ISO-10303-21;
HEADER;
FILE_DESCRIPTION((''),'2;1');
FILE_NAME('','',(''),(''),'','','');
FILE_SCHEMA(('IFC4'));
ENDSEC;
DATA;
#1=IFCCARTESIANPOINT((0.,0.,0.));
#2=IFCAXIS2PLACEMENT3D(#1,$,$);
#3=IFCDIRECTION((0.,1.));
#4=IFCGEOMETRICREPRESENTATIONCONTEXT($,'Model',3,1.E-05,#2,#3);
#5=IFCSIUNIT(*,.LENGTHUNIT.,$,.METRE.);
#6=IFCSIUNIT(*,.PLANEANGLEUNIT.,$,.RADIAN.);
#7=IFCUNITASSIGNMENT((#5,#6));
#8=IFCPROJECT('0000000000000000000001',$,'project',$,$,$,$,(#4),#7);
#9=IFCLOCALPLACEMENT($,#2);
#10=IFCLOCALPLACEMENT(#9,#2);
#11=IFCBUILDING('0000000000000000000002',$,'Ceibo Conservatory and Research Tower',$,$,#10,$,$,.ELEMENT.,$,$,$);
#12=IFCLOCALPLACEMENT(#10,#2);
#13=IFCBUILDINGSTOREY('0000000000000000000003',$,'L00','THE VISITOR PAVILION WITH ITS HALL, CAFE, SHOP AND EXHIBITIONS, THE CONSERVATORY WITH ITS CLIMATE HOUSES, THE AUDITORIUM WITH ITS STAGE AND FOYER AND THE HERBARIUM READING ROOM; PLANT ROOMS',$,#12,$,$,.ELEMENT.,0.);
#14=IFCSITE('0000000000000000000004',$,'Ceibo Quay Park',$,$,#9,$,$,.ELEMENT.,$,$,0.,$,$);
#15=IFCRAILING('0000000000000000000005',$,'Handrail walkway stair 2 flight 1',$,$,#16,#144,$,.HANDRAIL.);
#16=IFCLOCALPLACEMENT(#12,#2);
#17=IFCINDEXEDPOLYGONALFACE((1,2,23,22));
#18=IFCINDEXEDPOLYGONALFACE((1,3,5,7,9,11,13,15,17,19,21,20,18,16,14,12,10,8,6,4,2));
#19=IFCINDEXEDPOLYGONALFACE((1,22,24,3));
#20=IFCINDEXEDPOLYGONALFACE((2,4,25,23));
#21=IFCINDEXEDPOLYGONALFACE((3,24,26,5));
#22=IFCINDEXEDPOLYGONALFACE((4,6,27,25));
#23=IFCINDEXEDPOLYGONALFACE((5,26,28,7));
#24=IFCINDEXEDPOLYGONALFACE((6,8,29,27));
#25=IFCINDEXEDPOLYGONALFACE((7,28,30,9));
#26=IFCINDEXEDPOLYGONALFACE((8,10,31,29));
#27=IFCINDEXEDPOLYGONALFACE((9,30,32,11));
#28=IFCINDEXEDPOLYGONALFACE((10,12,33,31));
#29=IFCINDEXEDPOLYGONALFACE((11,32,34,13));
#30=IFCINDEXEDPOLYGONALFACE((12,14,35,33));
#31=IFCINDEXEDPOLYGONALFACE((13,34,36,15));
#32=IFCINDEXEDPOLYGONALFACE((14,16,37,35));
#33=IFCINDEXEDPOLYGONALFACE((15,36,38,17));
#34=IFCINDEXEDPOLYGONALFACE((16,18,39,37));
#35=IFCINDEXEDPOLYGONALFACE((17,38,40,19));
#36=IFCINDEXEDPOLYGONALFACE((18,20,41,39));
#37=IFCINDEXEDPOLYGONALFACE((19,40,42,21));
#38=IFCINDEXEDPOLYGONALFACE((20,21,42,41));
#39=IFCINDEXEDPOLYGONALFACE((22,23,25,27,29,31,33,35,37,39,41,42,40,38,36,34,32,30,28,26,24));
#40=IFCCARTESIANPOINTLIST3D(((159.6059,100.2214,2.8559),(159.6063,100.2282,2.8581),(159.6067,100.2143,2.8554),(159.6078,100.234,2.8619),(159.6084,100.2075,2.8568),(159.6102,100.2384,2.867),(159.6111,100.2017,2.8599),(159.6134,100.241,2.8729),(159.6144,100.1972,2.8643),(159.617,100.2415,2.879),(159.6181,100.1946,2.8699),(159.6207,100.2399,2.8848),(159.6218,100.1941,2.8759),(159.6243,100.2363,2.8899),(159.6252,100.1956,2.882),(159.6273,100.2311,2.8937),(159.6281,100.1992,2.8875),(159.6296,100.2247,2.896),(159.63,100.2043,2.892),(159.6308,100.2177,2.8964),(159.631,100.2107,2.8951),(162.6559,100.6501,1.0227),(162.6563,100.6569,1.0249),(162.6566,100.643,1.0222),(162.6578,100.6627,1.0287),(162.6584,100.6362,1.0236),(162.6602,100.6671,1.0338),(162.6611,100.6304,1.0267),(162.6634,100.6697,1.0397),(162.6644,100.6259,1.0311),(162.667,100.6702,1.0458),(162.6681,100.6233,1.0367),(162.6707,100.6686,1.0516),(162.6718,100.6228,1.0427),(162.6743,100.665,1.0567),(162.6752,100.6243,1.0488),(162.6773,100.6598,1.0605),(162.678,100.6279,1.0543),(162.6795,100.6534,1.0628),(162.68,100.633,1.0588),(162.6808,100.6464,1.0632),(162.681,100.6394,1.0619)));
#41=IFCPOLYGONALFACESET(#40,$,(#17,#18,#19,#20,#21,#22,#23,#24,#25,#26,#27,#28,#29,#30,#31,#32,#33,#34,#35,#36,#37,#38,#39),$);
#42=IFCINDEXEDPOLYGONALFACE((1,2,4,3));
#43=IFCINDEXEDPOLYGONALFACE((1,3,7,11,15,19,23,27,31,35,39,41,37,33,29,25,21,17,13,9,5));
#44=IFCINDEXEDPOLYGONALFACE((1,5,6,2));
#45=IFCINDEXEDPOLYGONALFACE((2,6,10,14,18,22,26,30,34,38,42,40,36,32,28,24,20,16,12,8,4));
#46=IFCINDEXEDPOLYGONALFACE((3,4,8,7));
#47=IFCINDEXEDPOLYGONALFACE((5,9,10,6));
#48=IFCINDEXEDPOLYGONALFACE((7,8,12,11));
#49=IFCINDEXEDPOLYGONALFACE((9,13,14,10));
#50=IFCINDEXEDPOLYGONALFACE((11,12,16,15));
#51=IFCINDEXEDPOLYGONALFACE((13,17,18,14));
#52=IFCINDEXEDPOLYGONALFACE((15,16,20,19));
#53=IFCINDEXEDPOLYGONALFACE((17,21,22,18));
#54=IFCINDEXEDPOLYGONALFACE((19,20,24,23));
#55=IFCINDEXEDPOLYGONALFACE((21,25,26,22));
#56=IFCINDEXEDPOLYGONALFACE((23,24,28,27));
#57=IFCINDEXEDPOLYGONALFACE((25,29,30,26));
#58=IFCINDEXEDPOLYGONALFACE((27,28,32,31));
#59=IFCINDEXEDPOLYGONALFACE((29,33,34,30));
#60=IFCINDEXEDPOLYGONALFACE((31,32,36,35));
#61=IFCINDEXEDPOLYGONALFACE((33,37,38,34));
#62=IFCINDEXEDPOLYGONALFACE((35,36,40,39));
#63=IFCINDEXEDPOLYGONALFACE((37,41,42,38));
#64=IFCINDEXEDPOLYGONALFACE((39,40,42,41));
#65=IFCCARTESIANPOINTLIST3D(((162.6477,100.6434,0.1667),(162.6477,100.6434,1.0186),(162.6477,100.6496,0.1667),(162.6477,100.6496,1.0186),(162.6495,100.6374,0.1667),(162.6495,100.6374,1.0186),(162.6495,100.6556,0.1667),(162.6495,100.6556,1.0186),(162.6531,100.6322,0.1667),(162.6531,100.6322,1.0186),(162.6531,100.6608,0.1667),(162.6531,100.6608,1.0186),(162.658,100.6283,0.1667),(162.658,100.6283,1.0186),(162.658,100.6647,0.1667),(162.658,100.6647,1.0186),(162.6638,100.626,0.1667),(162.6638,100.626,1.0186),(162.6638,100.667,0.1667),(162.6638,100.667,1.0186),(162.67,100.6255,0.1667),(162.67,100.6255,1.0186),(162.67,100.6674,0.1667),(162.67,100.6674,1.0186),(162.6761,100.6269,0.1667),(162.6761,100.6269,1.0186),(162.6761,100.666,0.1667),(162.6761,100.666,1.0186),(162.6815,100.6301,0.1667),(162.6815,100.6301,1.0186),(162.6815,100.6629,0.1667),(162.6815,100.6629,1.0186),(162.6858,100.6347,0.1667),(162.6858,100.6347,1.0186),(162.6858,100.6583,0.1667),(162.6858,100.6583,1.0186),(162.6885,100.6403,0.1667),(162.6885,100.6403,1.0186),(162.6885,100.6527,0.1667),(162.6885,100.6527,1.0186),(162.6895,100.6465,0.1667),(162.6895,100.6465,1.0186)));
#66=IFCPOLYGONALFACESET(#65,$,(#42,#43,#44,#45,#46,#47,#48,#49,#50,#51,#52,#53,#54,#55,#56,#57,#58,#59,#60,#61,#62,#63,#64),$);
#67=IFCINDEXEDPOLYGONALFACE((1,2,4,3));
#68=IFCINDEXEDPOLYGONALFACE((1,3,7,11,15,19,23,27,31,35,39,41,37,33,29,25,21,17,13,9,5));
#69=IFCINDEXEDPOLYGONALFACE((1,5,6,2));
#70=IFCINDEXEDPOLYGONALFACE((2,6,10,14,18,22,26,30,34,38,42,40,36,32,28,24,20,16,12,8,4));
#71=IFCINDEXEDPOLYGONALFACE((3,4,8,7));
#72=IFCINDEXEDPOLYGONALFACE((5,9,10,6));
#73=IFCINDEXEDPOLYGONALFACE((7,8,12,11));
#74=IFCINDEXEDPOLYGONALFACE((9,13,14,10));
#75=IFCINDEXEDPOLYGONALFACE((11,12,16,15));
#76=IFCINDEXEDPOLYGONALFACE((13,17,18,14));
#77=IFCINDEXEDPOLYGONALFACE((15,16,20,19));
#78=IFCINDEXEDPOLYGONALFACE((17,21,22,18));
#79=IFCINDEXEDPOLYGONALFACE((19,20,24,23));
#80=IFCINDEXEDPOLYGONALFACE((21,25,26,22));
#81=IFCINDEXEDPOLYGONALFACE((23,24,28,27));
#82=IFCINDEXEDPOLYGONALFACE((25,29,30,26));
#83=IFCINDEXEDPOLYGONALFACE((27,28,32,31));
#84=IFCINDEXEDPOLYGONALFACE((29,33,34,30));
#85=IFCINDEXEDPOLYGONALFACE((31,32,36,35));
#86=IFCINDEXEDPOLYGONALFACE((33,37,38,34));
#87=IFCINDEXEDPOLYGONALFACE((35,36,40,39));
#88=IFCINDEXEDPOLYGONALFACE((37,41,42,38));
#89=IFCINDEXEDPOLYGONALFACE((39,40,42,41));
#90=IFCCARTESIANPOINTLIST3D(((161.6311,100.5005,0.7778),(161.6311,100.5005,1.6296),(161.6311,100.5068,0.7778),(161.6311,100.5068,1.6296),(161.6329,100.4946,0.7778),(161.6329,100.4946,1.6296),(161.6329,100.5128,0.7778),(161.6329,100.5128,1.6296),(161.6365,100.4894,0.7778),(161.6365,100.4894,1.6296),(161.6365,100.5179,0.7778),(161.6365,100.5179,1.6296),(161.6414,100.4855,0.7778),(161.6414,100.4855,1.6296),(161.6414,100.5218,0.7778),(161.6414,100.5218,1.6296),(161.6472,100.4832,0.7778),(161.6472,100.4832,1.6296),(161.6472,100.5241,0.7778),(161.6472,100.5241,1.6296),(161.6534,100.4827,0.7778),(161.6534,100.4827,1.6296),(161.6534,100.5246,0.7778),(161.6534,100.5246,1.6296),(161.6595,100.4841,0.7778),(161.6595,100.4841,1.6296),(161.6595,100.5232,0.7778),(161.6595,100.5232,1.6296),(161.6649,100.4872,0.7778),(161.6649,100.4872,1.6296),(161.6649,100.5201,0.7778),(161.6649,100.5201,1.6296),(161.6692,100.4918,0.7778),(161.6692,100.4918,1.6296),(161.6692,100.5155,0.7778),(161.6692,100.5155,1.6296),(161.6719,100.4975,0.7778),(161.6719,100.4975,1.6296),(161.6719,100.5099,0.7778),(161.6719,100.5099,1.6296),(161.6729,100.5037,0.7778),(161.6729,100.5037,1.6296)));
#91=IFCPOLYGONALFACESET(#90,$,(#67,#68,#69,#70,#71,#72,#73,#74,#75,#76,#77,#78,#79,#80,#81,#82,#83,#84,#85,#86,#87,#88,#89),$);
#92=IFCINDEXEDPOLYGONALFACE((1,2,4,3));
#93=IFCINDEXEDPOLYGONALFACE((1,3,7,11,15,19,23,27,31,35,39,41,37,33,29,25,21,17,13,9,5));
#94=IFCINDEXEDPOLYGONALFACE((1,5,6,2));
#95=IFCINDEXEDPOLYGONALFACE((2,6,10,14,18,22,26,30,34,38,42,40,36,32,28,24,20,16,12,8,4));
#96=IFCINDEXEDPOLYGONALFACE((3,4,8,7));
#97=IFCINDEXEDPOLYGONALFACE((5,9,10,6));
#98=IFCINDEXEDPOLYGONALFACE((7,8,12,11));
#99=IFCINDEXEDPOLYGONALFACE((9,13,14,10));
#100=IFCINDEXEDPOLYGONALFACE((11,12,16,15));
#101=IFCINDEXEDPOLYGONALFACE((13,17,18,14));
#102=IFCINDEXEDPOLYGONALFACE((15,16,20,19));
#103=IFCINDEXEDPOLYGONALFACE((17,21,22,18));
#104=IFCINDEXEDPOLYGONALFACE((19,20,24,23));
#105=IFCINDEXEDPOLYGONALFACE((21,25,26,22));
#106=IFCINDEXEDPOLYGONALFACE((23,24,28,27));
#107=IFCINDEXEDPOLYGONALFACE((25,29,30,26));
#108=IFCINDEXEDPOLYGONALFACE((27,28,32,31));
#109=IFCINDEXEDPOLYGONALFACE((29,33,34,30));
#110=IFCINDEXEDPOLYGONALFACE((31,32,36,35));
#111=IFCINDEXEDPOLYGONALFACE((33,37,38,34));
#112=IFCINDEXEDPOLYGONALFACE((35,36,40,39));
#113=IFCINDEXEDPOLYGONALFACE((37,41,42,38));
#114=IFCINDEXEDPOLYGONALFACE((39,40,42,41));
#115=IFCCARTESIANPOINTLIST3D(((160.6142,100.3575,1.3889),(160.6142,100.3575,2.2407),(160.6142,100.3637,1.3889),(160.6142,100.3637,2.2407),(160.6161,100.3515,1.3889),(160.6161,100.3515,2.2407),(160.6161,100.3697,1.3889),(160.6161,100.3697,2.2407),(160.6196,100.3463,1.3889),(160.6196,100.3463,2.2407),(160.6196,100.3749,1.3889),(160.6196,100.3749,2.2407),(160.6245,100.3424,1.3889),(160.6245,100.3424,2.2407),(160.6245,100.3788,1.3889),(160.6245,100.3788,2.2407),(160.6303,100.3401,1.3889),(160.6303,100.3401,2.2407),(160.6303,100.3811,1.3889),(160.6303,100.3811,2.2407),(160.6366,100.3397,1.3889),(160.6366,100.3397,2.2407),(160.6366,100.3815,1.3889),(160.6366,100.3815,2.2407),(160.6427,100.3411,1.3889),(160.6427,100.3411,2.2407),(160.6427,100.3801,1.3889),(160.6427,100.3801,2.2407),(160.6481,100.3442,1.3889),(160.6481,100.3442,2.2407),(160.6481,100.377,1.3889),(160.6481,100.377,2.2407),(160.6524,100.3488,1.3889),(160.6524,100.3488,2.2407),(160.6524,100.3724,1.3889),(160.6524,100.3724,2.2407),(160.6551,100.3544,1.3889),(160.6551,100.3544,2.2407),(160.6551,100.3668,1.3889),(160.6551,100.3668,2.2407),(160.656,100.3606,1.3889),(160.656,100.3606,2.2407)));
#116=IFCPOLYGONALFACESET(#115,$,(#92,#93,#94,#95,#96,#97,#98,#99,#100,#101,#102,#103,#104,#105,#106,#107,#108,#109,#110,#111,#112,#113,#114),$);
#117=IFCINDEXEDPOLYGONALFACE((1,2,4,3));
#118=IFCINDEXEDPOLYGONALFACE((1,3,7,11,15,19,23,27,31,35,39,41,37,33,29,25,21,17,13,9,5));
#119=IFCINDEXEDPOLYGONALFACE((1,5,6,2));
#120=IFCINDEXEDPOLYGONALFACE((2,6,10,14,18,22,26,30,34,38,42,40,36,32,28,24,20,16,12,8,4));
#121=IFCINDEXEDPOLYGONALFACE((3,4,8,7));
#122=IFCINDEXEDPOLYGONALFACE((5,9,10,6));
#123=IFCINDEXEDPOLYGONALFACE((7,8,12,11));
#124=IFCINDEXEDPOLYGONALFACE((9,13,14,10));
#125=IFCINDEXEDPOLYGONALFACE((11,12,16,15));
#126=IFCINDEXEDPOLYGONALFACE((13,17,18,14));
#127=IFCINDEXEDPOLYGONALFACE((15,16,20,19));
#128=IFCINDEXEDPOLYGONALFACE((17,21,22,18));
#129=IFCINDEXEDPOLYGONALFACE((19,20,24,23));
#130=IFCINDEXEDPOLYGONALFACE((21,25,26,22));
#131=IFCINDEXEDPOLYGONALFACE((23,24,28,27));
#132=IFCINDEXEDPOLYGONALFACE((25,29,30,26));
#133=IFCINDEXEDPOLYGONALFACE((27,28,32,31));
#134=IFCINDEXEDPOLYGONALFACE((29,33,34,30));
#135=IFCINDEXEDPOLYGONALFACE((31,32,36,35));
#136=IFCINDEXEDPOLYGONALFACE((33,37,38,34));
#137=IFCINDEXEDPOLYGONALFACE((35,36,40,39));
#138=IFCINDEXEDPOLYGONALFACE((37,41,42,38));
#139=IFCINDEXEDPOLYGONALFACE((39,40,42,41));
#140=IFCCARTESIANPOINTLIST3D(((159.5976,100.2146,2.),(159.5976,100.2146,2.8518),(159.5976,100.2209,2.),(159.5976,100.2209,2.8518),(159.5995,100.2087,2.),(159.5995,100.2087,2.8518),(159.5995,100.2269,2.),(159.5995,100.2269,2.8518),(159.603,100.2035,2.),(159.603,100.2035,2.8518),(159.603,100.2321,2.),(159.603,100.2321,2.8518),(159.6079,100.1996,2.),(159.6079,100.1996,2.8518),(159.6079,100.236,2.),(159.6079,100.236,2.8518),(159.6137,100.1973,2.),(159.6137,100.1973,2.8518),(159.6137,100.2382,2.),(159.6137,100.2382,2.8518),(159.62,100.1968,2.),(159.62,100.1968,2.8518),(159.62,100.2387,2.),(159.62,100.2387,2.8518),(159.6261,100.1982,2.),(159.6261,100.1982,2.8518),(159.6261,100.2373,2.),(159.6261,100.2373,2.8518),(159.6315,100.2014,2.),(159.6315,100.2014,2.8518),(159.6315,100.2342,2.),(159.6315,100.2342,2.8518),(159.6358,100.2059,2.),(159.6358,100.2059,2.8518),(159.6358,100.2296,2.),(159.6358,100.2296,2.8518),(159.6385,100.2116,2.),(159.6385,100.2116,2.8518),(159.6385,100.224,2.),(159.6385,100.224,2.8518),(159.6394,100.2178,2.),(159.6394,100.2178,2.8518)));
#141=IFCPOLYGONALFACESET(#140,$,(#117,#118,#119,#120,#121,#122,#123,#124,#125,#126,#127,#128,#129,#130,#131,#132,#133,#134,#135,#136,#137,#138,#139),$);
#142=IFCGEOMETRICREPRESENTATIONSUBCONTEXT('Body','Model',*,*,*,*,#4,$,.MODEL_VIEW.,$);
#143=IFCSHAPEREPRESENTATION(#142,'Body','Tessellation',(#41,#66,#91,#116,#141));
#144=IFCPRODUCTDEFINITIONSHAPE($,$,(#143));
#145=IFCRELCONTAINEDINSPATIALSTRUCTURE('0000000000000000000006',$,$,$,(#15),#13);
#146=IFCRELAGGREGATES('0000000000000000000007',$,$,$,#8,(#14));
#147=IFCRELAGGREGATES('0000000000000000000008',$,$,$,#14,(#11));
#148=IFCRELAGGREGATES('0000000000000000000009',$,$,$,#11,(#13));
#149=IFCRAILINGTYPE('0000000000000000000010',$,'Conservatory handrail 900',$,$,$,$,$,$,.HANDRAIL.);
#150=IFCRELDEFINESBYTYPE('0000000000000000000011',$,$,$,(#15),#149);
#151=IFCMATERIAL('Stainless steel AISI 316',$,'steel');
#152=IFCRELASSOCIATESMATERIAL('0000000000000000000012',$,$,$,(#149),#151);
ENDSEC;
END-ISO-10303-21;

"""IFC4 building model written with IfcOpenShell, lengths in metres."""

from ifc_helpers import new_model, si_unit, direction, frame, origin, origin_2d, place, context, subcontext, project, spatial, circle, extrude, material, type_object, element, save


model = new_model("IFC4")

# Units and contexts
model_context = context("Model", 3, precision=1e-05, world=origin(), true_north=direction((0.0, 1.0)))
body_context = subcontext(model_context, "Body", "Model", "MODEL_VIEW")
ifc_project = project(units=[si_unit("LENGTHUNIT", "METRE"), si_unit("PLANEANGLEUNIT", "RADIAN")], contexts=[model_context])

# Site, building, storey
site_placement = place(None, origin())
site = spatial("IfcSite", under=ifc_project, at=site_placement, Name="Ceibo Quay Park", CompositionType="ELEMENT", RefElevation=0.0)
building_placement = place(site_placement, origin())
building = spatial("IfcBuilding", under=site, at=building_placement, Name="Ceibo Conservatory and Research Tower", CompositionType="ELEMENT")
storey_placement = place(building_placement, origin())
storey = spatial("IfcBuildingStorey", under=building, at=storey_placement, Name="L00", Description="THE VISITOR PAVILION WITH ITS HALL, CAFE, SHOP AND EXHIBITIONS, THE CONSERVATORY WITH ITS CLIMATE HOUSES, THE AUDITORIUM WITH ITS STAGE AND FOYER AND THE HERBARIUM READING ROOM; PLANT ROOMS", CompositionType="ELEMENT", Elevation=0.0)

# Railing
ifc_material_1 = material(Name="Stainless steel AISI 316", Category="steel")
railing_type_1 = type_object("IfcRailingType", Name="Conservatory handrail 900", PredefinedType="HANDRAIL", material=ifc_material_1)
railing_1_placement = place(storey_placement, frame((162.6685, 100.6465, 0.1667)))
element("IfcRailing", 1, at=railing_1_placement, inside=storey, type_object=railing_type_1, Name="Handrail walkway stair 2 flight 1", PredefinedType="HANDRAIL", context=body_context, shape_type="SweptSolid", body=[
    extrude(circle(Radius=0.0239, at=origin_2d()), frame((0.0, 0.0, 0.876), z_axis=(-0.85094, -0.119607, 0.511463), x_axis=(0.13919, -0.990266, 0.0)), (0.0, 0.0, 1.0), 3.5842),
    extrude(circle(Radius=0.021, at=origin_2d()), origin(), (0.0, 0.0, 1.0), 0.8518),
    extrude(circle(Radius=0.021, at=origin_2d()), frame((-1.0166, -0.1428, 0.6111)), (0.0, 0.0, 1.0), 0.8518),
    extrude(circle(Radius=0.021, at=origin_2d()), frame((-2.0334, -0.2859, 1.2222)), (0.0, 0.0, 1.0), 0.8518),
    extrude(circle(Radius=0.021, at=origin_2d()), frame((-3.05, -0.4287, 1.8333)), (0.0, 0.0, 1.0), 0.8518),
])

save(model, "model.ifc")
